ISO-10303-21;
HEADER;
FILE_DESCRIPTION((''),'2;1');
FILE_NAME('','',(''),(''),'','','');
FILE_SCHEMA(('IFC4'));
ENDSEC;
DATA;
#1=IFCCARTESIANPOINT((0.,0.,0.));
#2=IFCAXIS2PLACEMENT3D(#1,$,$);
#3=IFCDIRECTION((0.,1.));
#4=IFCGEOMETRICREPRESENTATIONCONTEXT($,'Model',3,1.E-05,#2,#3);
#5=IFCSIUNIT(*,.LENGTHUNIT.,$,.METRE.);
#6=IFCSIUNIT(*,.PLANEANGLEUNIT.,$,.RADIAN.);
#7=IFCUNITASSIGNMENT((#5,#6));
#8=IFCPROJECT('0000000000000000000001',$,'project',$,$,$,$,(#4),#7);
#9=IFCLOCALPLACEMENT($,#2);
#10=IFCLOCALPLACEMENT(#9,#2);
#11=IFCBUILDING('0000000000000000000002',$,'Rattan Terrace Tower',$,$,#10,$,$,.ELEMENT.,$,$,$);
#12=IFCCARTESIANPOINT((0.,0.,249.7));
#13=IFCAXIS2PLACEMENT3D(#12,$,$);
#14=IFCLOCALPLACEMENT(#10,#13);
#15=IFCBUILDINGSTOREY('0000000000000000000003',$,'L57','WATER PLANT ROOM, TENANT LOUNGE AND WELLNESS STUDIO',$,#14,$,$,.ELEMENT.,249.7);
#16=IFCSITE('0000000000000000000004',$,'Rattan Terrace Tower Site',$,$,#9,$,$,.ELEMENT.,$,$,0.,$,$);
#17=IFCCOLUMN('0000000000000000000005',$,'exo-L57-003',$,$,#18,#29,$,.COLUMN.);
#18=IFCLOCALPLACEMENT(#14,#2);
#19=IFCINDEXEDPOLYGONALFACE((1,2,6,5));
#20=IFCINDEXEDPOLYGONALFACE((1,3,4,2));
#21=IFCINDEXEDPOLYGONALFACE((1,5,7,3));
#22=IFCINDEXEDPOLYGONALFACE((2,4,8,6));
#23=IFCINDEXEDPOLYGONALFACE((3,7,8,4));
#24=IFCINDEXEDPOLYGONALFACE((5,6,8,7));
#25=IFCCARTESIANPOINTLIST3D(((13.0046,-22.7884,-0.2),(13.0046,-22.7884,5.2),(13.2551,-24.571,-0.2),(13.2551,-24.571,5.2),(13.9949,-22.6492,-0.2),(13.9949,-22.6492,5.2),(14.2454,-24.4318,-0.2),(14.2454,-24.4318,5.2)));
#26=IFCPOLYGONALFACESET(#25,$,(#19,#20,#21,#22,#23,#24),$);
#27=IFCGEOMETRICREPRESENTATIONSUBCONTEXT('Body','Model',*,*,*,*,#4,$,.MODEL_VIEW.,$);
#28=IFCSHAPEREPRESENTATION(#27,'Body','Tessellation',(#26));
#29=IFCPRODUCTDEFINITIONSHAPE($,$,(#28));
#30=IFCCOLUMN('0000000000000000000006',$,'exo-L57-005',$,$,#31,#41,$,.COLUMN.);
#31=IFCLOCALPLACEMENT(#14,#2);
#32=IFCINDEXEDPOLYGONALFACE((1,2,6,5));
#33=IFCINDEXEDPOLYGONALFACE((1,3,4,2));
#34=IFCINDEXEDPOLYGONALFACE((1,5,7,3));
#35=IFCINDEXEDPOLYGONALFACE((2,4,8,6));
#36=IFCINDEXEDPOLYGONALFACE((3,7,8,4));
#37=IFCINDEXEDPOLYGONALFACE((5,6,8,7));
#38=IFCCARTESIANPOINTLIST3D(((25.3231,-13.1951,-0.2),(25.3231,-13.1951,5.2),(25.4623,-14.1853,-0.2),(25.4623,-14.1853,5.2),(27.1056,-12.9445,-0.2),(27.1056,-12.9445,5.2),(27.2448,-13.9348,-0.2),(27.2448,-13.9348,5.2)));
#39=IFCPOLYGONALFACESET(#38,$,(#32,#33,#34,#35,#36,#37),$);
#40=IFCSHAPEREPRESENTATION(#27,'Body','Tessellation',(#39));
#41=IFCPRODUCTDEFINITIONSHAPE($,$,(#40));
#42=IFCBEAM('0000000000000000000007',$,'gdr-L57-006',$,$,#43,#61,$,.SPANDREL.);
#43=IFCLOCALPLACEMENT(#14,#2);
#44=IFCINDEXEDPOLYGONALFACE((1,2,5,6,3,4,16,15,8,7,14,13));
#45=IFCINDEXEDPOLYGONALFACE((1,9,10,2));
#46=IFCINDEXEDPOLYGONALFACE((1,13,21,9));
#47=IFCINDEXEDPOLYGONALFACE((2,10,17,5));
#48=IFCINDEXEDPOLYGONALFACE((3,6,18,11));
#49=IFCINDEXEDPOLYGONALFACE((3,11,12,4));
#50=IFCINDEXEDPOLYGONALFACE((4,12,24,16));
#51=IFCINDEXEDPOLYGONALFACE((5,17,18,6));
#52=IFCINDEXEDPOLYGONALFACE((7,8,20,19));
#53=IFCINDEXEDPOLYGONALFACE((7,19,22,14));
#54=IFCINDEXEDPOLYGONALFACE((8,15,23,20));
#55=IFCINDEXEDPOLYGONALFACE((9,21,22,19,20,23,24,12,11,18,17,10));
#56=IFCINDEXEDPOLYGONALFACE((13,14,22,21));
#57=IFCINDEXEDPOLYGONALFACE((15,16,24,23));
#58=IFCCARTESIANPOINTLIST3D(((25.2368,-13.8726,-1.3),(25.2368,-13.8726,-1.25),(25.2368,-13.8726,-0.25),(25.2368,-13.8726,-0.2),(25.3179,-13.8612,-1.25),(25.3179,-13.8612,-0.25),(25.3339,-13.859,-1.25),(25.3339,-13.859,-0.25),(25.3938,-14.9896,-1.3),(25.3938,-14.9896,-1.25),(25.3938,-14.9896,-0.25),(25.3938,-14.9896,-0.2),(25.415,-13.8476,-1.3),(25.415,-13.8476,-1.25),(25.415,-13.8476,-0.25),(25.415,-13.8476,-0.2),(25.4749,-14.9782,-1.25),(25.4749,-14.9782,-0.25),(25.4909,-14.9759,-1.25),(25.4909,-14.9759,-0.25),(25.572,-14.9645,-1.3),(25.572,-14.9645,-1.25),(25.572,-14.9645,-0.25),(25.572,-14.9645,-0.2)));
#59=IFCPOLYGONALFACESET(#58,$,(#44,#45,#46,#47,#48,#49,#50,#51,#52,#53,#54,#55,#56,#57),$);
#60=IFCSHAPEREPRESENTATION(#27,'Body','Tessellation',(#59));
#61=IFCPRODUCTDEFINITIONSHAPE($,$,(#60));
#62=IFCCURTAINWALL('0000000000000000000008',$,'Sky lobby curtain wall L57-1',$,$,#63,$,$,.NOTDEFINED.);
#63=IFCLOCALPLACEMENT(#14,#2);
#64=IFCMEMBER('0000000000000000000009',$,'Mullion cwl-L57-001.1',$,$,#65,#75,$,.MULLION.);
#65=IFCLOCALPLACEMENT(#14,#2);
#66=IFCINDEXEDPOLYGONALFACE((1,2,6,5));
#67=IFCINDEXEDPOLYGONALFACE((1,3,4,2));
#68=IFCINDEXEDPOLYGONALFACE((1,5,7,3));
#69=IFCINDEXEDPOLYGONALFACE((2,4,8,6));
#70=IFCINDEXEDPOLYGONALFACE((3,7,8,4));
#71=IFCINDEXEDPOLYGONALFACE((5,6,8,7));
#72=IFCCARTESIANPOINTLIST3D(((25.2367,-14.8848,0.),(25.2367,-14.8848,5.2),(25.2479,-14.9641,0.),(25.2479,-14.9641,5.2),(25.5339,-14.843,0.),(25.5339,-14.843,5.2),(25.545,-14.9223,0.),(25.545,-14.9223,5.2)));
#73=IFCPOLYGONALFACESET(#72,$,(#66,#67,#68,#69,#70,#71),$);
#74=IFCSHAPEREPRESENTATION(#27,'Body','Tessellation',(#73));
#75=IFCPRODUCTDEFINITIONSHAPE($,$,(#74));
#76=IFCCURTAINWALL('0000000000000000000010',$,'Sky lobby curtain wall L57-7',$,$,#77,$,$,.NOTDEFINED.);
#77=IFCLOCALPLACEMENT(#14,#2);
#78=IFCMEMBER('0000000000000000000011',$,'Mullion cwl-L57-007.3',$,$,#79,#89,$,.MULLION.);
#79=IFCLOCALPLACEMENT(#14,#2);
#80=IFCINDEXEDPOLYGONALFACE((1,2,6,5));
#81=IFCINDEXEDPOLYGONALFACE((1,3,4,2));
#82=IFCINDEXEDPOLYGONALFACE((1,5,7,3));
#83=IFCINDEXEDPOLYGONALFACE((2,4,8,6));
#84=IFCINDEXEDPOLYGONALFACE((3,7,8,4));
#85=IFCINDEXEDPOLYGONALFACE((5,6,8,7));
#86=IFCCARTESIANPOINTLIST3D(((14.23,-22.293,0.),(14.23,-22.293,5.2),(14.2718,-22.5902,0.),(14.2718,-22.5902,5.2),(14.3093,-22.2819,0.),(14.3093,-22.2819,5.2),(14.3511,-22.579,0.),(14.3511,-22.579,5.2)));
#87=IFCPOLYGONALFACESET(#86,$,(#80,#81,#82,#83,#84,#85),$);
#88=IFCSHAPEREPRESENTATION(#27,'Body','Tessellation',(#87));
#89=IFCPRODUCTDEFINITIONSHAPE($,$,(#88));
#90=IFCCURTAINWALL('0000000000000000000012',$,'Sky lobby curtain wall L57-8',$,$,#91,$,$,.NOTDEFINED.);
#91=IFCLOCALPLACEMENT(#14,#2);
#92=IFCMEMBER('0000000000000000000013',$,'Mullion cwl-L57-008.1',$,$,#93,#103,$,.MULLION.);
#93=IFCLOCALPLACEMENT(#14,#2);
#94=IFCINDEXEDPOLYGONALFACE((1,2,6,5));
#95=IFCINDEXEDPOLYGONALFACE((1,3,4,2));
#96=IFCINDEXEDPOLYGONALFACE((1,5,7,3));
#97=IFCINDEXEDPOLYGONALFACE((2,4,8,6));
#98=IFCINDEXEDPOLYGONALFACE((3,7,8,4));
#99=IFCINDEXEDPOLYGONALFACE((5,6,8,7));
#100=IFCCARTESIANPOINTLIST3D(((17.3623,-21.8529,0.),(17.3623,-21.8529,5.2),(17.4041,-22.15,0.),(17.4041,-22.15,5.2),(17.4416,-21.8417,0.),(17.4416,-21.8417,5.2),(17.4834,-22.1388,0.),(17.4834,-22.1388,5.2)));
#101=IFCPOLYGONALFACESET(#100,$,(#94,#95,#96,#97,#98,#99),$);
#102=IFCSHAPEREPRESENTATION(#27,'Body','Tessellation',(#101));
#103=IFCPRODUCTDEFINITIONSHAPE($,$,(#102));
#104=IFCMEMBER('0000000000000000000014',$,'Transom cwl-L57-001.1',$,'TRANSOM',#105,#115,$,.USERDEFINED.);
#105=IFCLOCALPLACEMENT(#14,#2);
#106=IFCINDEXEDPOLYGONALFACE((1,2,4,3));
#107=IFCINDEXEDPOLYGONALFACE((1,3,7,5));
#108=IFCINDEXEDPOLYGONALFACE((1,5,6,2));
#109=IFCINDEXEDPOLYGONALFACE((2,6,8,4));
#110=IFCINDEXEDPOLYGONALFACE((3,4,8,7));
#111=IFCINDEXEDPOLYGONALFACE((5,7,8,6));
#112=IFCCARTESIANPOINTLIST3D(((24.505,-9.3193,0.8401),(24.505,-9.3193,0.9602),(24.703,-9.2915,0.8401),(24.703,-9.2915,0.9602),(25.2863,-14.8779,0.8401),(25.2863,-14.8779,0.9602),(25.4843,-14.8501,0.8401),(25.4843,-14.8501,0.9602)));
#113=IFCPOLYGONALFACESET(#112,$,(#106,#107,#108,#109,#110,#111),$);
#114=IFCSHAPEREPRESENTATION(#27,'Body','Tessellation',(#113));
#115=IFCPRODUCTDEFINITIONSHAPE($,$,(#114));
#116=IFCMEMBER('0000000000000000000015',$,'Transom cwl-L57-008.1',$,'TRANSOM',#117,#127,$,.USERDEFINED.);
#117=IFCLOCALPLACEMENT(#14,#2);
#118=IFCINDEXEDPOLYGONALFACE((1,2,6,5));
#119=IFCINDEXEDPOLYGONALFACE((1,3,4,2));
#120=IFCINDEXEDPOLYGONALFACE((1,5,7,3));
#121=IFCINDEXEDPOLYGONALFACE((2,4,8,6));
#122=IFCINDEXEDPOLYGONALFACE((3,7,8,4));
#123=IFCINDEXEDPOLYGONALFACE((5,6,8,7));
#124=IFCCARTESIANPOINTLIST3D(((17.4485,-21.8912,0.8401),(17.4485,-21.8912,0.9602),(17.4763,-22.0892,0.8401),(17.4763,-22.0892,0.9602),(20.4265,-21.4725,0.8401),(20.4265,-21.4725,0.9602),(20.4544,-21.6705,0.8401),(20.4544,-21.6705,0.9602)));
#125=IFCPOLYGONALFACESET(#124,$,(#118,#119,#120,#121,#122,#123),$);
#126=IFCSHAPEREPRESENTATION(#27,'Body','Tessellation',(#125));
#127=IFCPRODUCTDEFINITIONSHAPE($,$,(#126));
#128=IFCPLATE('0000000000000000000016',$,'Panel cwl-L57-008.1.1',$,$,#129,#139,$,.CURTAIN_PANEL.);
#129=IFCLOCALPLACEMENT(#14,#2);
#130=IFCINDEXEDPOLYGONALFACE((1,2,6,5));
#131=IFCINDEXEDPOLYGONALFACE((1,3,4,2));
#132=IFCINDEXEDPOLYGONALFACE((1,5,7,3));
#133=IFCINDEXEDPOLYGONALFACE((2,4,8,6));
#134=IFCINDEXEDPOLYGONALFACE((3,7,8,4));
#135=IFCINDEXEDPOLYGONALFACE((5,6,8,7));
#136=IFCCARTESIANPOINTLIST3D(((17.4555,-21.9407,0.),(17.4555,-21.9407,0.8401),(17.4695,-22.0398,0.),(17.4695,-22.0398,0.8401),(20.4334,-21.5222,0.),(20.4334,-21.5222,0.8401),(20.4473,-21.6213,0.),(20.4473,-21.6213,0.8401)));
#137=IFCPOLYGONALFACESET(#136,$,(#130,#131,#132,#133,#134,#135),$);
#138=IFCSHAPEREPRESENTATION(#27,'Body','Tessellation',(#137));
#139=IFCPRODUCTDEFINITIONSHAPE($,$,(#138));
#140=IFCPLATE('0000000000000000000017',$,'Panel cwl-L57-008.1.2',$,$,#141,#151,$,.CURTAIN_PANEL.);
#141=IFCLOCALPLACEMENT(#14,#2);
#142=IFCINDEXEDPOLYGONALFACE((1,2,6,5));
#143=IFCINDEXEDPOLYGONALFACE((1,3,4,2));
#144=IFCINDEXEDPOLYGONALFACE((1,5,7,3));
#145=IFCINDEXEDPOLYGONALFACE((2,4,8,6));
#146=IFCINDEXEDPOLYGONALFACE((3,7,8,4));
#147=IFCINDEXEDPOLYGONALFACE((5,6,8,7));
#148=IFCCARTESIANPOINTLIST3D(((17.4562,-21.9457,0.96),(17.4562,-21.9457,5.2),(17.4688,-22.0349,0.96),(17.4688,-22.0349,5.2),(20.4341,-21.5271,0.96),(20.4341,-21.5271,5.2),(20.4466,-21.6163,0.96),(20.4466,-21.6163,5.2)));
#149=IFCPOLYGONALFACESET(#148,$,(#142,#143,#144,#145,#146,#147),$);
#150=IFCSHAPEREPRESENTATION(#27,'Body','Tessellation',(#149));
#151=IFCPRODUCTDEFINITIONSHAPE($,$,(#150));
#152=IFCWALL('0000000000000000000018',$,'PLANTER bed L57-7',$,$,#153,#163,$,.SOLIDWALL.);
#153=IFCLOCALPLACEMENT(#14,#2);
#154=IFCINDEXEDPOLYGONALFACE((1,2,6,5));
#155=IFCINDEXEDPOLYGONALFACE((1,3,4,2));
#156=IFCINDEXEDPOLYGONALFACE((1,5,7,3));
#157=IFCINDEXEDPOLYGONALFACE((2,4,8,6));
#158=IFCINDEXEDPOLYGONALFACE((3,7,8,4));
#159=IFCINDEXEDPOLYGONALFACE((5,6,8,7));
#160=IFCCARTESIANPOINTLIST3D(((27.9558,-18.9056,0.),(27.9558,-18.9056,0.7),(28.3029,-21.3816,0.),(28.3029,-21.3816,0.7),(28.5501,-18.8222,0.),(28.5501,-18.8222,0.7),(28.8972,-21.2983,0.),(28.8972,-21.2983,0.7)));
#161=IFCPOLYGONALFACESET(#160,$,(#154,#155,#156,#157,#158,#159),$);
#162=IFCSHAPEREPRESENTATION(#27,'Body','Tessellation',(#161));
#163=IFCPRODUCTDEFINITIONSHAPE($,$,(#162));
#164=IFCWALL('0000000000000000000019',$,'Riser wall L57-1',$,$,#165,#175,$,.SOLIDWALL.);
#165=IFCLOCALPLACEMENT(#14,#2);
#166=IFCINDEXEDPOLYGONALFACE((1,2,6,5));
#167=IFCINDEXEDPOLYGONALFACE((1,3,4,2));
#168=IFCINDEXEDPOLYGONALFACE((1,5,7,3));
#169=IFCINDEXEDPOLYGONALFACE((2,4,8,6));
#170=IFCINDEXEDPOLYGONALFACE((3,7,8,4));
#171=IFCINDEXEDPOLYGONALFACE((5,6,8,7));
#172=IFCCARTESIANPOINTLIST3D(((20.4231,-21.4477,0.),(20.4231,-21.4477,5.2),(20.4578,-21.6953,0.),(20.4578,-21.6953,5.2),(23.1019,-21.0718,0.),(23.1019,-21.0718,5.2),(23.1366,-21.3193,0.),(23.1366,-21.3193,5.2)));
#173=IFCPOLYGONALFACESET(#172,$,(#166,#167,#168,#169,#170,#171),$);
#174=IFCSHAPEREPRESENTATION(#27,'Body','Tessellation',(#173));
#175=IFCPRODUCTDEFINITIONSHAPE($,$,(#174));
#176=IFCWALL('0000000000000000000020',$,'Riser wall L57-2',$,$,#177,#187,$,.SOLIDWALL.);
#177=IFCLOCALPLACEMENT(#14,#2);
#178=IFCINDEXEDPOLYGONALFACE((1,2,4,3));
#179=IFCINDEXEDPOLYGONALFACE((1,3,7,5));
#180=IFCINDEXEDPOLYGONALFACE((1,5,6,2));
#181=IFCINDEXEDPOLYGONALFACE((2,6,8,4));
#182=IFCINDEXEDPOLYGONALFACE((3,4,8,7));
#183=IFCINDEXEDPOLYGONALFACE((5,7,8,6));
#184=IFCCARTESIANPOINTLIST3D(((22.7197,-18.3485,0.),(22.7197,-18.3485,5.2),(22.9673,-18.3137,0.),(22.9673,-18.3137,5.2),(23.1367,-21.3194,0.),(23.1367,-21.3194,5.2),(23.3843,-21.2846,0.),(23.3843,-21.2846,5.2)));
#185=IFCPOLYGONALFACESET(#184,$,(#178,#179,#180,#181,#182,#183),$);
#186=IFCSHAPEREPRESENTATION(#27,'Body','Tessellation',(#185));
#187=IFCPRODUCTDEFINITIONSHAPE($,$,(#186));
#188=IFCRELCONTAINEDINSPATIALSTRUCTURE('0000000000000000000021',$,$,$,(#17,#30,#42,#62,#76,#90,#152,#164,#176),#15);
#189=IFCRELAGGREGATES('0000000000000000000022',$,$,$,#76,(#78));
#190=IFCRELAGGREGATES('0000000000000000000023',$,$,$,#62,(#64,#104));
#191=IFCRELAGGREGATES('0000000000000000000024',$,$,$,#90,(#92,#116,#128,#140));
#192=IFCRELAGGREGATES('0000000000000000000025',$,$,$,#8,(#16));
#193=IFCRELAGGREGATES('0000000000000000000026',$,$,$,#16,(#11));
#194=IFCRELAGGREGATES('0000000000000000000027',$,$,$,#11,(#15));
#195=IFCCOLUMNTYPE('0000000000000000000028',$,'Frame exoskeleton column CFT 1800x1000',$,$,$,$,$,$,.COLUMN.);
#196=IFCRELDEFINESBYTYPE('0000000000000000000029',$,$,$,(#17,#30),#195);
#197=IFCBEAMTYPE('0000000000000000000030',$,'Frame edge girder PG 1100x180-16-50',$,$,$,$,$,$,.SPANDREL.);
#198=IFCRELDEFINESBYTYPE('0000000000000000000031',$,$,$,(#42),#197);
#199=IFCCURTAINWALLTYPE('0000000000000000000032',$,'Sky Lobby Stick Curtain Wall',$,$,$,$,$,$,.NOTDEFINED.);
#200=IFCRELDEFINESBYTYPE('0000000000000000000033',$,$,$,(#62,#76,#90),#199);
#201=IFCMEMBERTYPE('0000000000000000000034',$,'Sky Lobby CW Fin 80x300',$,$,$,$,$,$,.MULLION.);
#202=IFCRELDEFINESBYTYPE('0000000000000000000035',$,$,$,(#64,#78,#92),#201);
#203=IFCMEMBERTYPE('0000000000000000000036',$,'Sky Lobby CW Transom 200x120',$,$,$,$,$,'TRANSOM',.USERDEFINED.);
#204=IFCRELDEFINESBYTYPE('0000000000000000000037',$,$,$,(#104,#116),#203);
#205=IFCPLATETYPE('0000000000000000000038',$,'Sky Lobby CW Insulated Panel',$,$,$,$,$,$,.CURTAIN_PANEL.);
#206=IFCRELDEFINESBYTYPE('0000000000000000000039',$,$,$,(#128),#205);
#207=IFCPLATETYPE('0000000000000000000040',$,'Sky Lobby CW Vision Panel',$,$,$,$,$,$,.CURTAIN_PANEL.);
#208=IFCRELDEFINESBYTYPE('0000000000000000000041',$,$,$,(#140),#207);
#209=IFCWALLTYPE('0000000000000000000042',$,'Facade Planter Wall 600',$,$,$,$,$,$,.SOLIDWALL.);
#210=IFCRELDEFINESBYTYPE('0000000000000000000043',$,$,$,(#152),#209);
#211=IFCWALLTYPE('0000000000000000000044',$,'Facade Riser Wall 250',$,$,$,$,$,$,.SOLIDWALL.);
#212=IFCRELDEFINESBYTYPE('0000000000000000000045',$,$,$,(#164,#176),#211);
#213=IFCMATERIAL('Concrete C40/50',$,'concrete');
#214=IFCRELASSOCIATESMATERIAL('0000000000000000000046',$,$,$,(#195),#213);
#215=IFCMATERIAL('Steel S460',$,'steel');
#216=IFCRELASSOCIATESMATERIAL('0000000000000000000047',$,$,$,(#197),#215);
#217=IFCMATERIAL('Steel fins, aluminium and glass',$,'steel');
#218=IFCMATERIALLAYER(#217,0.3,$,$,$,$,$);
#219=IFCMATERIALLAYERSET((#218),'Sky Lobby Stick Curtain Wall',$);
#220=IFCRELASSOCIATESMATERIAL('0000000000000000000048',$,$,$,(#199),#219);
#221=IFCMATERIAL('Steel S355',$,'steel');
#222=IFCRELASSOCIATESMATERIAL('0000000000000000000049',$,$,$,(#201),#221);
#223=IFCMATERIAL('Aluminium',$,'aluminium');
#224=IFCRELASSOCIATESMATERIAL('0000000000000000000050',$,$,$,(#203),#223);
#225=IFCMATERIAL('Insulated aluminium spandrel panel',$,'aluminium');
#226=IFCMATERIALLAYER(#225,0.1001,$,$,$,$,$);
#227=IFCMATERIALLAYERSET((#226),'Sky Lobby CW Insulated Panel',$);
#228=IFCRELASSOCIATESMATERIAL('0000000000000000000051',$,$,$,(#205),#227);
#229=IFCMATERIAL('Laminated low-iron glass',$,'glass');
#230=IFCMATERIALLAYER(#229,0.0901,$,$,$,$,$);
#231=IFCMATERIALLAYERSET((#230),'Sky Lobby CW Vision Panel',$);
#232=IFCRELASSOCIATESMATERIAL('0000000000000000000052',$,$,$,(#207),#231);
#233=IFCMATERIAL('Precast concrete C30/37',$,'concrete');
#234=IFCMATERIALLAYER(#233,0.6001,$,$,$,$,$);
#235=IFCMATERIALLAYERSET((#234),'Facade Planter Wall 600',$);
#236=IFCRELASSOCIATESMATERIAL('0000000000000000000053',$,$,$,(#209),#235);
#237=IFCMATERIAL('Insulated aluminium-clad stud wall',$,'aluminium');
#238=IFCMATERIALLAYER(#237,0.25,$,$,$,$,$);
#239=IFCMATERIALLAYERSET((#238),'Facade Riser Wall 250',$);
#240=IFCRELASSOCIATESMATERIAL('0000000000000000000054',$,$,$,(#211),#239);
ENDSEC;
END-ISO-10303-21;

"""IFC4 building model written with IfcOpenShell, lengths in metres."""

from ifc_helpers import new_model, si_unit, direction, frame, frame_2d, origin, origin_2d, place, context, subcontext, project, spatial, rectangle, i_section, extrude, material, layer, layer_set, material_profile, profile_set, type_object, element, aggregate, save


model = new_model("IFC4")

# Units and contexts
model_context = context("Model", 3, precision=1e-05, world=origin(), true_north=direction((0.0, 1.0)))
body_context = subcontext(model_context, "Body", "Model", "MODEL_VIEW")
ifc_project = project(units=[si_unit("LENGTHUNIT", "METRE"), si_unit("PLANEANGLEUNIT", "RADIAN")], contexts=[model_context])

# Site, building, storey
site_placement = place(None, origin())
site = spatial("IfcSite", under=ifc_project, at=site_placement, Name="Rattan Terrace Tower Site", CompositionType="ELEMENT", RefElevation=0.0)
building_placement = place(site_placement, origin())
building = spatial("IfcBuilding", under=site, at=building_placement, Name="Rattan Terrace Tower", CompositionType="ELEMENT")
storey_placement = place(building_placement, frame((0.0, 0.0, 249.7)))
storey = spatial("IfcBuildingStorey", under=building, at=storey_placement, Name="L57", Description="WATER PLANT ROOM, TENANT LOUNGE AND WELLNESS STUDIO", CompositionType="ELEMENT", Elevation=249.7)

# Columns
ifc_material_1 = material(Name="Concrete C40/50", Category="concrete")
ifc_material_profile_1 = material_profile(ifc_material_1, rectangle(XDim=1.0, YDim=1.8, at=origin_2d()), Name="CFT 1800x1000")
ifc_profile_set_1 = profile_set([ifc_material_profile_1], Name="Concrete C40/50")
column_type = type_object("IfcColumnType", Name="Frame exoskeleton column CFT 1800x1000", PredefinedType="COLUMN", material=ifc_profile_set_1)
for number, where, z_axis, x_axis, name in (
    (1, (13.625, -23.6101, -0.2), (0.0, 0.0, 1.0), (0.990266, 0.13919, 0.0), "exo-L57-003"),
    (2, (26.2839, -13.5649, -0.2), (0.0, 0.0, 1.0), (-0.13919, 0.990266, 0.0), "exo-L57-005"),
):
    element("IfcColumn", number, at=place(storey_placement, frame(where, z_axis=z_axis, x_axis=x_axis)), inside=storey, type_object=column_type, Name=name, PredefinedType="COLUMN", context=body_context, shape_type="SweptSolid", body=[
        extrude(rectangle(XDim=1.0, YDim=1.8, at=origin_2d()), origin(), (0.0, 0.0, 1.0), 5.3999),
    ])

# Beam
ifc_material_2 = material(Name="Steel S460", Category="steel")
ifc_material_profile_2 = material_profile(ifc_material_2, i_section(OverallWidth=0.1799, OverallDepth=1.1001, WebThickness=0.0161, FlangeThickness=0.05, at=origin_2d()), Name="PG 1100x180-16-50")
ifc_profile_set_2 = profile_set([ifc_material_profile_2], Name="Steel S460")
beam_type = type_object("IfcBeamType", Name="Frame edge girder PG 1100x180-16-50", PredefinedType="SPANDREL", material=ifc_profile_set_2)
beam_placement = place(storey_placement, frame((25.3259, -13.8601, -0.75), z_axis=(0.139179, -0.990267, 0.0), x_axis=(0.990267, 0.139179, 0.0)))
element("IfcBeam", 3, at=beam_placement, inside=storey, type_object=beam_type, Name="gdr-L57-006", PredefinedType="SPANDREL", context=body_context, shape_type="SweptSolid", body=[
    extrude(i_section(OverallWidth=0.1799, OverallDepth=1.1001, WebThickness=0.0161, FlangeThickness=0.05, at=origin_2d()), origin(), (0.0, 0.0, 1.0), 1.1279),
])

# Curtain walls, members
ifc_material_3 = material(Name="Steel fins, aluminium and glass", Category="steel")
ifc_layer_1 = layer(ifc_material_3, 0.3)
ifc_layer_set_1 = layer_set([ifc_layer_1], Name="Sky Lobby Stick Curtain Wall")
curtain_wall_type = type_object("IfcCurtainWallType", Name="Sky Lobby Stick Curtain Wall", PredefinedType="NOTDEFINED", material=ifc_layer_set_1)
curtain_wall_1_placement = place(storey_placement, origin())
curtain_wall_1 = element("IfcCurtainWall", 4, at=curtain_wall_1_placement, inside=storey, type_object=curtain_wall_type, Name="Sky lobby curtain wall L57-1", PredefinedType="NOTDEFINED")
ifc_material_4 = material(Name="Steel S355", Category="steel")
ifc_material_profile_3 = material_profile(ifc_material_4, rectangle(XDim=0.0801, YDim=0.3, at=origin_2d()), Name="Steel S355 80x300")
ifc_profile_set_3 = profile_set([ifc_material_profile_3], Name="Steel S355")
member_type_1 = type_object("IfcMemberType", Name="Sky Lobby CW Fin 80x300", PredefinedType="MULLION", material=ifc_profile_set_3)
member_1_placement = place(storey_placement, frame((25.3909, -14.9036, 0.0), z_axis=(0.0, 0.0, 1.0), x_axis=(-0.139192, 0.990265, 0.0)))
member_1 = element("IfcMember", 5, at=member_1_placement, type_object=member_type_1, Name="Mullion cwl-L57-001.1", PredefinedType="MULLION", context=body_context, shape_type="SweptSolid", body=[
    extrude(rectangle(XDim=0.0801, YDim=0.3, at=origin_2d()), origin(), (0.0, 0.0, 1.0), 5.2),
])
curtain_wall_2_placement = place(storey_placement, origin())
curtain_wall_2 = element("IfcCurtainWall", 6, at=curtain_wall_2_placement, inside=storey, type_object=curtain_wall_type, Name="Sky lobby curtain wall L57-7", PredefinedType="NOTDEFINED")
member_2_placement = place(storey_placement, frame((14.2905, -22.436, 0.0), z_axis=(0.0, 0.0, 1.0), x_axis=(0.990266, 0.139189, 0.0)))
member_2 = element("IfcMember", 7, at=member_2_placement, type_object=member_type_1, Name="Mullion cwl-L57-007.3", PredefinedType="MULLION", context=body_context, shape_type="SweptSolid", body=[
    extrude(rectangle(XDim=0.0801, YDim=0.3, at=origin_2d()), origin(), (0.0, 0.0, 1.0), 5.2),
])
aggregate(curtain_wall_2, [member_2])
curtain_wall_3_placement = place(storey_placement, origin())
curtain_wall_3 = element("IfcCurtainWall", 8, at=curtain_wall_3_placement, inside=storey, type_object=curtain_wall_type, Name="Sky lobby curtain wall L57-8", PredefinedType="NOTDEFINED")
member_3_placement = place(storey_placement, frame((17.4229, -21.9958, 0.0), z_axis=(0.0, 0.0, 1.0), x_axis=(0.990266, 0.139189, 0.0)))
member_3 = element("IfcMember", 9, at=member_3_placement, type_object=member_type_1, Name="Mullion cwl-L57-008.1", PredefinedType="MULLION", context=body_context, shape_type="SweptSolid", body=[
    extrude(rectangle(XDim=0.0801, YDim=0.3, at=origin_2d()), origin(), (0.0, 0.0, 1.0), 5.2),
])

# Members
ifc_material_5 = material(Name="Aluminium", Category="aluminium")
ifc_material_profile_4 = material_profile(ifc_material_5, rectangle(XDim=0.2, YDim=0.1201, at=origin_2d()), Name="Aluminium 200x120")
ifc_profile_set_4 = profile_set([ifc_material_profile_4], Name="Aluminium")
member_type_2 = type_object("IfcMemberType", Name="Sky Lobby CW Transom 200x120", ElementType="TRANSOM", PredefinedType="USERDEFINED", material=ifc_profile_set_4)
member_4_placement = place(storey_placement, frame((25.3853, -14.864, 0.9001), z_axis=(-0.13918, 0.990267, 0.0), x_axis=(-0.990267, -0.13918, 0.0)))
member_4 = element("IfcMember", 10, at=member_4_placement, type_object=member_type_2, Name="Transom cwl-L57-001.1", ObjectType="TRANSOM", PredefinedType="USERDEFINED", context=body_context, shape_type="SweptSolid", body=[
    extrude(rectangle(XDim=0.2, YDim=0.1201, at=origin_2d()), origin(), (0.0, 0.0, 1.0), 5.6133),
])
aggregate(curtain_wall_1, [member_1, member_4])
member_5_placement = place(storey_placement, frame((17.4624, -21.9902, 0.9001), z_axis=(0.99026, 0.139227, 0.0), x_axis=(-0.139227, 0.99026, 0.0)))
member_5 = element("IfcMember", 11, at=member_5_placement, type_object=member_type_2, Name="Transom cwl-L57-008.1", ObjectType="TRANSOM", PredefinedType="USERDEFINED", context=body_context, shape_type="SweptSolid", body=[
    extrude(rectangle(XDim=0.2, YDim=0.1201, at=origin_2d()), origin(), (0.0, 0.0, 1.0), 3.0073),
])

# Plates
ifc_material_6 = material(Name="Insulated aluminium spandrel panel", Category="aluminium")
ifc_layer_2 = layer(ifc_material_6, 0.1001)
ifc_layer_set_2 = layer_set([ifc_layer_2], Name="Sky Lobby CW Insulated Panel")
plate_type_1 = type_object("IfcPlateType", Name="Sky Lobby CW Insulated Panel", PredefinedType="CURTAIN_PANEL", material=ifc_layer_set_2)
plate_1_placement = place(storey_placement, frame((18.9514, -21.781, 0.0), z_axis=(0.0, 0.0, 1.0), x_axis=(0.990266, 0.139189, 0.0)))
plate_1 = element("IfcPlate", 12, at=plate_1_placement, type_object=plate_type_1, Name="Panel cwl-L57-008.1.1", PredefinedType="CURTAIN_PANEL", context=body_context, shape_type="SweptSolid", body=[
    extrude(rectangle(XDim=3.0071, YDim=0.1001, at=origin_2d()), origin(), (0.0, 0.0, 1.0), 0.8401),
])
ifc_material_7 = material(Name="Laminated low-iron glass", Category="glass")
ifc_layer_3 = layer(ifc_material_7, 0.0901)
ifc_layer_set_3 = layer_set([ifc_layer_3], Name="Sky Lobby CW Vision Panel")
plate_type_2 = type_object("IfcPlateType", Name="Sky Lobby CW Vision Panel", PredefinedType="CURTAIN_PANEL", material=ifc_layer_set_3)
plate_2_placement = place(storey_placement, frame((18.9514, -21.781, 0.96), z_axis=(0.0, 0.0, 1.0), x_axis=(0.990266, 0.139189, 0.0)))
plate_2 = element("IfcPlate", 13, at=plate_2_placement, type_object=plate_type_2, Name="Panel cwl-L57-008.1.2", PredefinedType="CURTAIN_PANEL", context=body_context, shape_type="SweptSolid", body=[
    extrude(rectangle(XDim=3.0071, YDim=0.0901, at=origin_2d()), origin(), (0.0, 0.0, 1.0), 4.24),
])
aggregate(curtain_wall_3, [member_3, member_5, plate_1, plate_2])

# Walls
ifc_material_8 = material(Name="Precast concrete C30/37", Category="concrete")
ifc_layer_4 = layer(ifc_material_8, 0.6001)
ifc_layer_set_4 = layer_set([ifc_layer_4], Name="Facade Planter Wall 600")
wall_type_1 = type_object("IfcWallType", Name="Facade Planter Wall 600", PredefinedType="SOLIDWALL", material=ifc_layer_set_4)
wall_1_placement = place(storey_placement, frame((28.2529, -18.864, 0.0), z_axis=(0.0, 0.0, 1.0), x_axis=(0.138851, -0.990313, 0.0)))
element("IfcWall", 14, at=wall_1_placement, inside=storey, type_object=wall_type_1, Name="PLANTER bed L57-7", PredefinedType="SOLIDWALL", context=body_context, shape_type="SweptSolid", body=[
    extrude(rectangle(XDim=2.5002, YDim=0.6001, at=frame_2d((1.25, 0.0))), origin(), (0.0, 0.0, 1.0), 0.7),
])
ifc_material_9 = material(Name="Insulated aluminium-clad stud wall", Category="aluminium")
ifc_layer_5 = layer(ifc_material_9, 0.25)
ifc_layer_set_5 = layer_set([ifc_layer_5], Name="Facade Riser Wall 250")
wall_type_2 = type_object("IfcWallType", Name="Facade Riser Wall 250", PredefinedType="SOLIDWALL", material=ifc_layer_set_5)
wall_2_placement = place(storey_placement, frame((20.4404, -21.5715, 0.0), z_axis=(0.0, 0.0, 1.0), x_axis=(0.990293, 0.138995, 0.0)))
element("IfcWall", 15, at=wall_2_placement, inside=storey, type_object=wall_type_2, Name="Riser wall L57-1", PredefinedType="SOLIDWALL", context=body_context, shape_type="SweptSolid", body=[
    extrude(rectangle(XDim=2.7051, YDim=0.25, at=frame_2d((1.3525, 0.0))), origin(), (0.0, 0.0, 1.0), 5.2),
])
wall_3_placement = place(storey_placement, frame((23.2605, -21.302, 0.0), z_axis=(0.0, 0.0, 1.0), x_axis=(-0.138994, 0.990293, 0.0)))
element("IfcWall", 16, at=wall_3_placement, inside=storey, type_object=wall_type_2, Name="Riser wall L57-2", PredefinedType="SOLIDWALL", context=body_context, shape_type="SweptSolid", body=[
    extrude(rectangle(XDim=3.0, YDim=0.25, at=frame_2d((1.5, 0.0))), origin(), (0.0, 0.0, 1.0), 5.2),
])

save(model, "model.ifc")
